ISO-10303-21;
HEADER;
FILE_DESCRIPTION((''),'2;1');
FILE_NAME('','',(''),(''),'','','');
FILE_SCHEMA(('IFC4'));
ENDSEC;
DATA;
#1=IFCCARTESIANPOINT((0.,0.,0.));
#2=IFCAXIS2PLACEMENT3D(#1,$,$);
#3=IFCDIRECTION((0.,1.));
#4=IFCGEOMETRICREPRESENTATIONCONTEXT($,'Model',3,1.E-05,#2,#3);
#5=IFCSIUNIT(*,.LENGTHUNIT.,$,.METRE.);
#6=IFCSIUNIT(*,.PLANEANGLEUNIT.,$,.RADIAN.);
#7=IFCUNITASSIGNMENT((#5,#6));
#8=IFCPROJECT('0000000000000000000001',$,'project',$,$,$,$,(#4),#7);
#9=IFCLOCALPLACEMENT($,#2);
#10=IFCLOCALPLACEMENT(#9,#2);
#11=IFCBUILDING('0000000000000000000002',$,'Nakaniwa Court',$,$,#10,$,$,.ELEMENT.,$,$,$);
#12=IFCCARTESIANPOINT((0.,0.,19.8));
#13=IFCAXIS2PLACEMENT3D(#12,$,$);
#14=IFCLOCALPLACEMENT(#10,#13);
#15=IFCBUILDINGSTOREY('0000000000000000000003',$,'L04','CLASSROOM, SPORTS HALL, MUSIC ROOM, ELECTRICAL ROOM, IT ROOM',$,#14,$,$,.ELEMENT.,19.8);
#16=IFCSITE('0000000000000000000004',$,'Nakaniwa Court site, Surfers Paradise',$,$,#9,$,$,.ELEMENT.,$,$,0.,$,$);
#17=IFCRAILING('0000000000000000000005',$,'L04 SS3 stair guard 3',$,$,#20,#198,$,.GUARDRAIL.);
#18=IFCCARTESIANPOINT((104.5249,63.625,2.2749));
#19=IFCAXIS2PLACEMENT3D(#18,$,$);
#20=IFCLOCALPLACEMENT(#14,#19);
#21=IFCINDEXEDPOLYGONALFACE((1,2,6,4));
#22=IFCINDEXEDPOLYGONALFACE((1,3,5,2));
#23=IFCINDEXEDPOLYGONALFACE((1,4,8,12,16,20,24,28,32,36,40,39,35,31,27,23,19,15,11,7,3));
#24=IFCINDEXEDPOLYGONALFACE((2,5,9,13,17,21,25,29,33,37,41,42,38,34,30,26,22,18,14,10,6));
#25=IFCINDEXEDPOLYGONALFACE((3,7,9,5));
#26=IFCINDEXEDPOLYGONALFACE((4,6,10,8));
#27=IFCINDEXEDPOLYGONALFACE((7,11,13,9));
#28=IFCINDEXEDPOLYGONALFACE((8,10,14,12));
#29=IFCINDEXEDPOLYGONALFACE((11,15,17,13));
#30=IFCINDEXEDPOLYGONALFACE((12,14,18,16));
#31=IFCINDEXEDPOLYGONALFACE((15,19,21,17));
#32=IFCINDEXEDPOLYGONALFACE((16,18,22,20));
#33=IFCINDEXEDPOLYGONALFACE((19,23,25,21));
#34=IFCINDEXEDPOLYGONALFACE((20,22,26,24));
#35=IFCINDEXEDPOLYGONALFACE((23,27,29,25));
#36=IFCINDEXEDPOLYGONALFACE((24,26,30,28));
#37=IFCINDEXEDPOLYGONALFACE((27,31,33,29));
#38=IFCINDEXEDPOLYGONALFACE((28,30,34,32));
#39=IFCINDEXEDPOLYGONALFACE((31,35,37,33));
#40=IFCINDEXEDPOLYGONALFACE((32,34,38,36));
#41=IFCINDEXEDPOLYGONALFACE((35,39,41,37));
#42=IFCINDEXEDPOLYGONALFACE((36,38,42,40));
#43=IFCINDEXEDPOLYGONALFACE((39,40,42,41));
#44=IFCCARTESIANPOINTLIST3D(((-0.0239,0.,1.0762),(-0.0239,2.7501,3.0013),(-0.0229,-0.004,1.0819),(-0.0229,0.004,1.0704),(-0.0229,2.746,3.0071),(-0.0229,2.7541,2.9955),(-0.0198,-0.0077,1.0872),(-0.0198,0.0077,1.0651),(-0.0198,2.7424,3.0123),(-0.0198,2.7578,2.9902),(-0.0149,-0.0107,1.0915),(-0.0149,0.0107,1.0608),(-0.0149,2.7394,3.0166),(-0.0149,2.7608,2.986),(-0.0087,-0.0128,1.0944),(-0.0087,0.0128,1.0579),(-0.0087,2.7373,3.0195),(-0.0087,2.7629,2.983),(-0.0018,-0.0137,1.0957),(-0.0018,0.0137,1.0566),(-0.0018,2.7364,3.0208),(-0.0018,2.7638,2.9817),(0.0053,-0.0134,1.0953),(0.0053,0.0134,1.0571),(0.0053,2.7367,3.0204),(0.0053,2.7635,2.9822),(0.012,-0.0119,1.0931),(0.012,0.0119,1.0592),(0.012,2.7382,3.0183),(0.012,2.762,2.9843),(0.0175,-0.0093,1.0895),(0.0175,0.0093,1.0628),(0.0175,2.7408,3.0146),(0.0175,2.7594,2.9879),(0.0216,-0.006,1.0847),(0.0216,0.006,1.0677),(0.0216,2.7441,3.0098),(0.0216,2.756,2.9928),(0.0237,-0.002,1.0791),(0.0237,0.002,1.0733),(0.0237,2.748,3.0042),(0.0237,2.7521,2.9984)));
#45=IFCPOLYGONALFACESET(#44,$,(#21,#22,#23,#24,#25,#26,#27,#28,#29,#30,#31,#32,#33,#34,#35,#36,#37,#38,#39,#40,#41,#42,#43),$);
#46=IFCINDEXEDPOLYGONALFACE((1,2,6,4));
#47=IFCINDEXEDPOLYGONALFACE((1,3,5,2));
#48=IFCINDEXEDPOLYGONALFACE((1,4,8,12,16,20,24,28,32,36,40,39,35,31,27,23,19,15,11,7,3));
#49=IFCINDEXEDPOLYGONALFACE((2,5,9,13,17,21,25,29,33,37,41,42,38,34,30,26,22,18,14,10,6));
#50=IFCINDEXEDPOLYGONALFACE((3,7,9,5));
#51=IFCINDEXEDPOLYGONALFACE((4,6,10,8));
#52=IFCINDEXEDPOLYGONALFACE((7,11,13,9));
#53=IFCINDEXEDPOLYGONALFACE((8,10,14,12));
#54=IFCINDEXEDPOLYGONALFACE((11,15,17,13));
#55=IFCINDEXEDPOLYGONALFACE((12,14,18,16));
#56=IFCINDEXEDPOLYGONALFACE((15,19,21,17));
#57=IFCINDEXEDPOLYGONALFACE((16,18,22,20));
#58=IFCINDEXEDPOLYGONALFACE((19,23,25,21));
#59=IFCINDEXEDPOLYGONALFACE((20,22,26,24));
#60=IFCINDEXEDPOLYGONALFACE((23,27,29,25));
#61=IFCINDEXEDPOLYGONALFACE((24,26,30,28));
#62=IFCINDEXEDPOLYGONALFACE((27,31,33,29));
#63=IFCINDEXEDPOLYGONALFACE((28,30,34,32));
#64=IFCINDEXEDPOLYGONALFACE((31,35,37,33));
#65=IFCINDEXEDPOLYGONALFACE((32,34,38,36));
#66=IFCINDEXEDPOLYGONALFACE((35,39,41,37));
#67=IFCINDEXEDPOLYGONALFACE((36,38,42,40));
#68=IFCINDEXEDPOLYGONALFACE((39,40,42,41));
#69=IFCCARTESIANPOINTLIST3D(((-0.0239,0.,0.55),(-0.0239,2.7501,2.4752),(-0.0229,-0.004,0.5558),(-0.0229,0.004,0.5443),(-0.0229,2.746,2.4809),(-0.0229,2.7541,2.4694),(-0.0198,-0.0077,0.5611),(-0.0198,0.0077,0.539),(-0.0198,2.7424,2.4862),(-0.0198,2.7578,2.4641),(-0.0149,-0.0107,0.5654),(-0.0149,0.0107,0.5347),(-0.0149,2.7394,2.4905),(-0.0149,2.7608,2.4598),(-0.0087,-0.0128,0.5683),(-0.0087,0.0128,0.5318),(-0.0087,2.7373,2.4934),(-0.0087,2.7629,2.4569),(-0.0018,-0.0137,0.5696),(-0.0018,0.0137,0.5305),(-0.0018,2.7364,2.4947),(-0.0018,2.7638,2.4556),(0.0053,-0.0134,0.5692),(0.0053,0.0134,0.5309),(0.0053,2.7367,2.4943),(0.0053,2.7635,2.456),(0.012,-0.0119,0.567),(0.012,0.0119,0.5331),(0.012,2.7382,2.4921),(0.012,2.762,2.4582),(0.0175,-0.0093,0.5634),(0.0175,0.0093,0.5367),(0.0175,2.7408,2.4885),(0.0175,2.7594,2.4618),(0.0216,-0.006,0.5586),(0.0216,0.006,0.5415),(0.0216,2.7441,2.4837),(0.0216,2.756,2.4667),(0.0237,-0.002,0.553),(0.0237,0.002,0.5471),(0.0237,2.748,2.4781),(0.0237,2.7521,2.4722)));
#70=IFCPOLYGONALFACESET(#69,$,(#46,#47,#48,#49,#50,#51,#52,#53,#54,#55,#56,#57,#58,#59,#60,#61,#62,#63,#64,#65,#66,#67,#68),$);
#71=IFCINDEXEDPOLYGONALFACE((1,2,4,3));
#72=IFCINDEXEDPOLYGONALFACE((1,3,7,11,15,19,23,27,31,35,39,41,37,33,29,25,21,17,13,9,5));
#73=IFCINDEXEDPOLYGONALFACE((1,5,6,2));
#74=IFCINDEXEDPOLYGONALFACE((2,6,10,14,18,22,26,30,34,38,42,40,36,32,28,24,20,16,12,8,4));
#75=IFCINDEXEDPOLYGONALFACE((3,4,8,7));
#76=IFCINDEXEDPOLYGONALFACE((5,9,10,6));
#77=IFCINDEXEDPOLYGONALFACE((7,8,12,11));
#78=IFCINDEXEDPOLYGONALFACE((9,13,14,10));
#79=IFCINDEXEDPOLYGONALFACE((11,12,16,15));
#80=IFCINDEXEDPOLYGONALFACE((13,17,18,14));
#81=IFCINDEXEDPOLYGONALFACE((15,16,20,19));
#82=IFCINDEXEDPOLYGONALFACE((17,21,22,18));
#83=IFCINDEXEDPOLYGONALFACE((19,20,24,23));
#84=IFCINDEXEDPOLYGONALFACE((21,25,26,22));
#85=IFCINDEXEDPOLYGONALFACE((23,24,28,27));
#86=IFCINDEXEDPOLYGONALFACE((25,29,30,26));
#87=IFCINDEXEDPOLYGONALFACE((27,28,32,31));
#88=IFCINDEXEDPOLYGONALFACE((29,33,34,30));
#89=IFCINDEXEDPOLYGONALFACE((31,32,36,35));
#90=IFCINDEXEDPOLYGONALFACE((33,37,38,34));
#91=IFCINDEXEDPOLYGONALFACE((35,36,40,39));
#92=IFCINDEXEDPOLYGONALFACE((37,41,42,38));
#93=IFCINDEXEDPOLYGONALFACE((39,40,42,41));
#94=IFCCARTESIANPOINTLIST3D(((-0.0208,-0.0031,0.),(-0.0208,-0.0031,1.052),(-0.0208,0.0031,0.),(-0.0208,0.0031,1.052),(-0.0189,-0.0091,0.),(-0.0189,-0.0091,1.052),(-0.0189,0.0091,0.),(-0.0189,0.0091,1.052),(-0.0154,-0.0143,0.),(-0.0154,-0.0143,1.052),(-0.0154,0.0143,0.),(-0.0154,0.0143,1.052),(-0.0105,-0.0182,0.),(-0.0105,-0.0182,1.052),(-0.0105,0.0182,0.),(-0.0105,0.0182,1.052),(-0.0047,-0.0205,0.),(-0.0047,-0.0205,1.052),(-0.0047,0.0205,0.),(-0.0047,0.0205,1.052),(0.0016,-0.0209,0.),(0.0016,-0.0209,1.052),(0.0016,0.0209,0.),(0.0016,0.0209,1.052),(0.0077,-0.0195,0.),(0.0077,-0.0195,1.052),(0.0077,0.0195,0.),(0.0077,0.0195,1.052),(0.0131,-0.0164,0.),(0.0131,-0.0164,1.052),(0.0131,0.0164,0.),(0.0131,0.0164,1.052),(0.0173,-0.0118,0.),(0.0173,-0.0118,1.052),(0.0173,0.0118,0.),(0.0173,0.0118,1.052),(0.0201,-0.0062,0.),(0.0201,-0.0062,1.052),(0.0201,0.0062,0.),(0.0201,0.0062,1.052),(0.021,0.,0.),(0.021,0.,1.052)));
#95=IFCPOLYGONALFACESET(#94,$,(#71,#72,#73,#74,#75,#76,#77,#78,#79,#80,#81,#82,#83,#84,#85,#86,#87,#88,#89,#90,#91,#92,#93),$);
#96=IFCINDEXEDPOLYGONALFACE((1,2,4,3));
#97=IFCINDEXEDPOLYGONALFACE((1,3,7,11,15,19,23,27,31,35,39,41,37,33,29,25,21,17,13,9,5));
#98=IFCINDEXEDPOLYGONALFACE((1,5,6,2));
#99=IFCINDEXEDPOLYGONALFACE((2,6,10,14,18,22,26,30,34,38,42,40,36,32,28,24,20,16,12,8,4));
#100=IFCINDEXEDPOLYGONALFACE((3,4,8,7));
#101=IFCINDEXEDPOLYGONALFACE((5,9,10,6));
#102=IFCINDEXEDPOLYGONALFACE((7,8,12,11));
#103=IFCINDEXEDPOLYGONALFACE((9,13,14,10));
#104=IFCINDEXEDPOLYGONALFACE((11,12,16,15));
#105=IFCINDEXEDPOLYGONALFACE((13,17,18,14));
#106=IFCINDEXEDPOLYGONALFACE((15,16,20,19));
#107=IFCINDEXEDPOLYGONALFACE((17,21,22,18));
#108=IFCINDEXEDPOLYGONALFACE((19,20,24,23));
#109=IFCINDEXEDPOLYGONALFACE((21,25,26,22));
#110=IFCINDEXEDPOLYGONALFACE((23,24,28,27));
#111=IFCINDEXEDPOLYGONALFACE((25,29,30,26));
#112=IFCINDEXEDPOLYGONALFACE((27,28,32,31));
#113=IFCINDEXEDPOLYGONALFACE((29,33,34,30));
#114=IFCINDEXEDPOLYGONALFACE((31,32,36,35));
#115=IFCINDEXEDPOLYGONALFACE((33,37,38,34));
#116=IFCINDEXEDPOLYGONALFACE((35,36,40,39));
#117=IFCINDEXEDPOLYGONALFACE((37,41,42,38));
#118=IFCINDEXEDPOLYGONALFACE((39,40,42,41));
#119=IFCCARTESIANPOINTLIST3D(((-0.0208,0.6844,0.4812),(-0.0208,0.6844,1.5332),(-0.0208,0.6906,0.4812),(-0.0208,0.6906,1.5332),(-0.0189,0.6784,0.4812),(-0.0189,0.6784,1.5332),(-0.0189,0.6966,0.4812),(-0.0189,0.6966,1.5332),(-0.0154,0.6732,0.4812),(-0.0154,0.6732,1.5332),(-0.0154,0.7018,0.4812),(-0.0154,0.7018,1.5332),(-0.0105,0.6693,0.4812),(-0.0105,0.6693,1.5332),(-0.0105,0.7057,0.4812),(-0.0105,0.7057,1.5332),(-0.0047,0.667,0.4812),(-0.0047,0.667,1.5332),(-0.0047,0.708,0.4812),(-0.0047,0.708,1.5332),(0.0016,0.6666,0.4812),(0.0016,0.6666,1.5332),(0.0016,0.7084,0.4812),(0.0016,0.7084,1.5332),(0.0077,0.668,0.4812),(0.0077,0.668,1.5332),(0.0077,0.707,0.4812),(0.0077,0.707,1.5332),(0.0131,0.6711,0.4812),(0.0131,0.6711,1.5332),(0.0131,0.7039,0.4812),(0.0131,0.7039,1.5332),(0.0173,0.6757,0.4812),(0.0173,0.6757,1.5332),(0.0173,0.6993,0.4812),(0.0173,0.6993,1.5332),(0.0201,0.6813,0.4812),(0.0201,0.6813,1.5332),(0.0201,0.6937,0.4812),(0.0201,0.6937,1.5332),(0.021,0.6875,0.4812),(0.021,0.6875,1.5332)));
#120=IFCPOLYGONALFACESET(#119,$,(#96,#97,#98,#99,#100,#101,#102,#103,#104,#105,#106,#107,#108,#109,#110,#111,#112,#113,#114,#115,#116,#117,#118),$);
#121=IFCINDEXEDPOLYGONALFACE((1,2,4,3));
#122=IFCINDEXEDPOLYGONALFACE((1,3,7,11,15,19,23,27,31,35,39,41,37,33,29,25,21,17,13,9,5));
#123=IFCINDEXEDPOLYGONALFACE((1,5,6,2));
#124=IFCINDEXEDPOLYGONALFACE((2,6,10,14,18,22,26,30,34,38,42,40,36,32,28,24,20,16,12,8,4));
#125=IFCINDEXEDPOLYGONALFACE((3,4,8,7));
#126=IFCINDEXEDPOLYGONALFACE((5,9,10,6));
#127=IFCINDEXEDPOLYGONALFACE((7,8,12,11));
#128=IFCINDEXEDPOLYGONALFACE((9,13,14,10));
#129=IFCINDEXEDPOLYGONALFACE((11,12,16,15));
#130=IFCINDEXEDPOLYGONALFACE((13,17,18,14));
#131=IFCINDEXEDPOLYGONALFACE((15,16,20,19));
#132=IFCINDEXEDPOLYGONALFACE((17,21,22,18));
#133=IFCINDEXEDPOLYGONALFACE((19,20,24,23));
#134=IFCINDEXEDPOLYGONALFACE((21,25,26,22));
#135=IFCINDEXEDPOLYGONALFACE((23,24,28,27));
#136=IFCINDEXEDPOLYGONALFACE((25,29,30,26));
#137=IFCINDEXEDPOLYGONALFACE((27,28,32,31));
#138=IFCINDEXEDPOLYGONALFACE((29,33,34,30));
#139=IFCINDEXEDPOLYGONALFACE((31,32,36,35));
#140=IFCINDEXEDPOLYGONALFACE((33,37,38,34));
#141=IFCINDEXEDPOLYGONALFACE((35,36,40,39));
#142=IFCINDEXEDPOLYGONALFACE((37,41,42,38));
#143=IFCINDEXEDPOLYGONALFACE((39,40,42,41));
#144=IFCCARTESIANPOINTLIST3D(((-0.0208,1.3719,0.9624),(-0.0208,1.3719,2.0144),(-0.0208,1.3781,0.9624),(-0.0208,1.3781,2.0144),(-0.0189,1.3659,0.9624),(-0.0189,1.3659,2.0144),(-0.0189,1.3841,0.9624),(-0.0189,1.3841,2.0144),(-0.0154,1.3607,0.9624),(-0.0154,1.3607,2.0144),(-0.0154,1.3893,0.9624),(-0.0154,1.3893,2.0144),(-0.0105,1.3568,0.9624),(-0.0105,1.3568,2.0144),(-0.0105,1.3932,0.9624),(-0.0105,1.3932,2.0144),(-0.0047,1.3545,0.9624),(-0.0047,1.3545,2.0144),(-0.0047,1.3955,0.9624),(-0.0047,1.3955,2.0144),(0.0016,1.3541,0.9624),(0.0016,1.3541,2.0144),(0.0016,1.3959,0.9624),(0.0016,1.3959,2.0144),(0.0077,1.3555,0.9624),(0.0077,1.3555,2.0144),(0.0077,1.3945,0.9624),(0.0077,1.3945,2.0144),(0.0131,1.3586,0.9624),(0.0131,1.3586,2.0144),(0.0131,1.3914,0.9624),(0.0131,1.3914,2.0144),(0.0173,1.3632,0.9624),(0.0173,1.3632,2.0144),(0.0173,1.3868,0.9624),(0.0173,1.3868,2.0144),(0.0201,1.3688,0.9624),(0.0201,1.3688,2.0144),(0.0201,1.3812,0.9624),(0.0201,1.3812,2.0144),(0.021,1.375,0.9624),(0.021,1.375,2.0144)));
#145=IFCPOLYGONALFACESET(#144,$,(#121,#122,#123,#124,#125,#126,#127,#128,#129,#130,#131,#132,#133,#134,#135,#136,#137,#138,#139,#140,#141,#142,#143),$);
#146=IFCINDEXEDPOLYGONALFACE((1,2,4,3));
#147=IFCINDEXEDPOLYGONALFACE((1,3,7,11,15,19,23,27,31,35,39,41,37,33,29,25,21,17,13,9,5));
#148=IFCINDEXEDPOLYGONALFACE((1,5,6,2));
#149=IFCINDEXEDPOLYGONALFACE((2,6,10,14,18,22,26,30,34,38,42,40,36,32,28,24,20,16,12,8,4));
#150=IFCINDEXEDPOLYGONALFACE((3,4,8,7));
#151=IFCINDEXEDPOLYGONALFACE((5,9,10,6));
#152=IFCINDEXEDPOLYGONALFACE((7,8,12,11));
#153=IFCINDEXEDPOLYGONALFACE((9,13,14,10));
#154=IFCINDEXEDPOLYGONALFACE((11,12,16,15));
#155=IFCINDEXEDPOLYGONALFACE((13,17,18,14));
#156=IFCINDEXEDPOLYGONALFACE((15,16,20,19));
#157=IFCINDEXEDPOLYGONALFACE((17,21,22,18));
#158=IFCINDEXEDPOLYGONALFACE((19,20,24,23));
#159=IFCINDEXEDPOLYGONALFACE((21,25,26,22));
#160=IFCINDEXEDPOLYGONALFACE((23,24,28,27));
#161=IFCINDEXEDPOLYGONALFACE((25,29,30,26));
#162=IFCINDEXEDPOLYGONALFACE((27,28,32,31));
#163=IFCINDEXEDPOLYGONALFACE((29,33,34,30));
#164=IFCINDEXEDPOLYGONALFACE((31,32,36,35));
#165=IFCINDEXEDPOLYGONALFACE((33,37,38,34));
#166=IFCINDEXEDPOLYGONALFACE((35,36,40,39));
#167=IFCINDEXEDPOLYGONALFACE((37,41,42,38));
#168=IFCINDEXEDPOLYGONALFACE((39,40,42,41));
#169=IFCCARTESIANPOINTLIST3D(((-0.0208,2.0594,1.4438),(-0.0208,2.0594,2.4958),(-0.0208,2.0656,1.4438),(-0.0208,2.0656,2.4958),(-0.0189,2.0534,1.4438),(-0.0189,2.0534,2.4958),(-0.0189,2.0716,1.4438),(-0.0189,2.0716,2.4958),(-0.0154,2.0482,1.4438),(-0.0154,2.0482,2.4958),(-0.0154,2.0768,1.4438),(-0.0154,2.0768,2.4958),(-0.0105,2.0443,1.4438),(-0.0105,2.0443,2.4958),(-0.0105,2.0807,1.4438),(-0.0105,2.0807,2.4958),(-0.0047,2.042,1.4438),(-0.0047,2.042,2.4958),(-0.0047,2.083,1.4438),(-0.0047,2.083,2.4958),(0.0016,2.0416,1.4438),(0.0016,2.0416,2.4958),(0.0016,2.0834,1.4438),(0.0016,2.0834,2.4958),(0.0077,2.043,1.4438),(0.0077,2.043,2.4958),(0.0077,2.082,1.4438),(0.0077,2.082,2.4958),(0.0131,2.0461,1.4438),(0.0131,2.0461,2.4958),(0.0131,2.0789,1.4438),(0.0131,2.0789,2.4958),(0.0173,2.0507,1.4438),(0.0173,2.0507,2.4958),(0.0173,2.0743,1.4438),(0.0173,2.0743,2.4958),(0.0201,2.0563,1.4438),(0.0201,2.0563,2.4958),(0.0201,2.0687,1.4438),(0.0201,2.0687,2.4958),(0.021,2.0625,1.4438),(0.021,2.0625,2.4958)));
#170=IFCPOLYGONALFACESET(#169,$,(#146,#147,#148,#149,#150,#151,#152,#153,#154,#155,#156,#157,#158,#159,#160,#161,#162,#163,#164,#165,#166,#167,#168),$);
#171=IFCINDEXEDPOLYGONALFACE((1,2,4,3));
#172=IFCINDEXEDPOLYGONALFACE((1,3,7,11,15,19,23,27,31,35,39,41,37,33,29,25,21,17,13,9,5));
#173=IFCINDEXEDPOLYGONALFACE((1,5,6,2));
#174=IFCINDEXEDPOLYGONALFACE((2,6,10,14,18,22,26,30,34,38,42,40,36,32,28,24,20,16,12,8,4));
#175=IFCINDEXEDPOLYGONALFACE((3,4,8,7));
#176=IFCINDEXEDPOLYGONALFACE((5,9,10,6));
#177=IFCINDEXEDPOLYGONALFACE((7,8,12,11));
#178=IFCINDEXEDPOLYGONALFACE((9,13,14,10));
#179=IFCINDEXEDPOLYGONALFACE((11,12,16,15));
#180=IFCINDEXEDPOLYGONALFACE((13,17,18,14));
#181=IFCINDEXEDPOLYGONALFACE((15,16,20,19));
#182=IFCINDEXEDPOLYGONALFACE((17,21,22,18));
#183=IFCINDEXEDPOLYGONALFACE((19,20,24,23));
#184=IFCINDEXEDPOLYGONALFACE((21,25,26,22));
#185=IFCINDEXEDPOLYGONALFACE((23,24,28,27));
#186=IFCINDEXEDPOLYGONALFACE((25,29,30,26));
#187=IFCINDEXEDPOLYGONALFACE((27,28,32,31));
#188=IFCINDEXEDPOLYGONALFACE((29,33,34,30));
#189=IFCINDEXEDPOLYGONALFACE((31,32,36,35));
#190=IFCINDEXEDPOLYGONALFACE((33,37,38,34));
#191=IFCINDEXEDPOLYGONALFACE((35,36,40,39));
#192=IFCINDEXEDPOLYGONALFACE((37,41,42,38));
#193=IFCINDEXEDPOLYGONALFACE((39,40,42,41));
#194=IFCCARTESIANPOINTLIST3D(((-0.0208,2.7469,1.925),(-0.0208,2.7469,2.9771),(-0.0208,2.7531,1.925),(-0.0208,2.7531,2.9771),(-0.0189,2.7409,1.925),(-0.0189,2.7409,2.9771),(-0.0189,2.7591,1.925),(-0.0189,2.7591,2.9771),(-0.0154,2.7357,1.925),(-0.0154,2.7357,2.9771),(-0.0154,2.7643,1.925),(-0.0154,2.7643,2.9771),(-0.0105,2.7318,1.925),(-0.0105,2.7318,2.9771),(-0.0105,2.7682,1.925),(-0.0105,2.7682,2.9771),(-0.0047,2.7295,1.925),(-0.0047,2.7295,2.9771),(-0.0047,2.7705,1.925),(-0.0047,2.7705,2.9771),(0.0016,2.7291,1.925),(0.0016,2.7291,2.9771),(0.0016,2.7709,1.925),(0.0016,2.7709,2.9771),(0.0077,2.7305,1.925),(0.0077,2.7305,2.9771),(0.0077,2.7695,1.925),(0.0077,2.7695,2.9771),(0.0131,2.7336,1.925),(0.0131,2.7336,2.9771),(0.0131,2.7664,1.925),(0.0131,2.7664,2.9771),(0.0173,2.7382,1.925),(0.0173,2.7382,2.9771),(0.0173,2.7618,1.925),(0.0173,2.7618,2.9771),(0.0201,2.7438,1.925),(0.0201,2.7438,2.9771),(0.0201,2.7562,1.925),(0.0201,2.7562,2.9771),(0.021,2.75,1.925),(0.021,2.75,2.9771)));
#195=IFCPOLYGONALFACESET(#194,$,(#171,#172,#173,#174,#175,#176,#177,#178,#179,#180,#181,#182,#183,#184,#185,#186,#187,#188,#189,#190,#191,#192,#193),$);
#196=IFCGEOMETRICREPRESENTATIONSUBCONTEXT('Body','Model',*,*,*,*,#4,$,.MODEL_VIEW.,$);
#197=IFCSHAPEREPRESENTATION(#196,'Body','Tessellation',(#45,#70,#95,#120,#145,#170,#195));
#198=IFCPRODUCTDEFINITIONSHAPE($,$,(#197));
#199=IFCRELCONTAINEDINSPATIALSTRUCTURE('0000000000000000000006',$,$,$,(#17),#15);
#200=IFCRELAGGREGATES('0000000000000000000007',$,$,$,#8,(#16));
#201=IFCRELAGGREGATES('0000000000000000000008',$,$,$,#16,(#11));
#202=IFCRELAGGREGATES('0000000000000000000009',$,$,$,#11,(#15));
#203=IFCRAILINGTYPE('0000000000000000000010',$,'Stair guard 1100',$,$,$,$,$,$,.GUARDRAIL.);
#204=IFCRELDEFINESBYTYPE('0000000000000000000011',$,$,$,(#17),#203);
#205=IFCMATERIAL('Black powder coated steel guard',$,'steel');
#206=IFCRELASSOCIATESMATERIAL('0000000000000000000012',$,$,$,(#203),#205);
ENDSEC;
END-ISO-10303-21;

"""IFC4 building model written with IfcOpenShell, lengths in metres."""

from ifc_helpers import new_model, si_unit, direction, frame, origin, origin_2d, place, context, subcontext, project, spatial, circle, extrude, material, type_object, element, save


model = new_model("IFC4")

# Units and contexts
model_context = context("Model", 3, precision=1e-05, world=origin(), true_north=direction((0.0, 1.0)))
body_context = subcontext(model_context, "Body", "Model", "MODEL_VIEW")
ifc_project = project(units=[si_unit("LENGTHUNIT", "METRE"), si_unit("PLANEANGLEUNIT", "RADIAN")], contexts=[model_context])

# Site, building, storey
site_placement = place(None, origin())
site = spatial("IfcSite", under=ifc_project, at=site_placement, Name="Nakaniwa Court site, Surfers Paradise", CompositionType="ELEMENT", RefElevation=0.0)
building_placement = place(site_placement, origin())
building = spatial("IfcBuilding", under=site, at=building_placement, Name="Nakaniwa Court", CompositionType="ELEMENT")
storey_placement = place(building_placement, frame((0.0, 0.0, 19.8)))
storey = spatial("IfcBuildingStorey", under=building, at=storey_placement, Name="L04", Description="CLASSROOM, SPORTS HALL, MUSIC ROOM, ELECTRICAL ROOM, IT ROOM", CompositionType="ELEMENT", Elevation=19.8)

# Railing
ifc_material_1 = material(Name="Black powder coated steel guard", Category="steel")
railing_type = type_object("IfcRailingType", Name="Stair guard 1100", PredefinedType="GUARDRAIL", material=ifc_material_1)
railing_1_placement = place(storey_placement, frame((104.5249, 63.625, 2.2749)))
element("IfcRailing", 1, at=railing_1_placement, inside=storey, type_object=railing_type, Name="L04 SS3 stair guard 3", PredefinedType="GUARDRAIL", context=body_context, shape_type="SweptSolid", body=[
    extrude(circle(Radius=0.0239, at=origin_2d()), frame((0.0, 0.0, 1.0762), z_axis=(0.0, 0.819225, 0.573472), x_axis=(-1.0, 0.0, 0.0)), (0.0, 0.0, 1.0), 3.3569),
    extrude(circle(Radius=0.0239, at=origin_2d()), frame((0.0, 0.0, 0.55), z_axis=(0.0, 0.819225, 0.573472), x_axis=(-1.0, 0.0, 0.0)), (0.0, 0.0, 1.0), 3.3569),
    extrude(circle(Radius=0.021, at=origin_2d()), origin(), (0.0, 0.0, 1.0), 1.052),
    extrude(circle(Radius=0.021, at=origin_2d()), frame((0.0, 0.6875, 0.4812)), (0.0, 0.0, 1.0), 1.052),
    extrude(circle(Radius=0.021, at=origin_2d()), frame((0.0, 1.375, 0.9624)), (0.0, 0.0, 1.0), 1.052),
    extrude(circle(Radius=0.021, at=origin_2d()), frame((0.0, 2.0625, 1.4438)), (0.0, 0.0, 1.0), 1.052),
    extrude(circle(Radius=0.021, at=origin_2d()), frame((0.0, 2.75, 1.925)), (0.0, 0.0, 1.0), 1.052),
])

save(model, "model.ifc")
